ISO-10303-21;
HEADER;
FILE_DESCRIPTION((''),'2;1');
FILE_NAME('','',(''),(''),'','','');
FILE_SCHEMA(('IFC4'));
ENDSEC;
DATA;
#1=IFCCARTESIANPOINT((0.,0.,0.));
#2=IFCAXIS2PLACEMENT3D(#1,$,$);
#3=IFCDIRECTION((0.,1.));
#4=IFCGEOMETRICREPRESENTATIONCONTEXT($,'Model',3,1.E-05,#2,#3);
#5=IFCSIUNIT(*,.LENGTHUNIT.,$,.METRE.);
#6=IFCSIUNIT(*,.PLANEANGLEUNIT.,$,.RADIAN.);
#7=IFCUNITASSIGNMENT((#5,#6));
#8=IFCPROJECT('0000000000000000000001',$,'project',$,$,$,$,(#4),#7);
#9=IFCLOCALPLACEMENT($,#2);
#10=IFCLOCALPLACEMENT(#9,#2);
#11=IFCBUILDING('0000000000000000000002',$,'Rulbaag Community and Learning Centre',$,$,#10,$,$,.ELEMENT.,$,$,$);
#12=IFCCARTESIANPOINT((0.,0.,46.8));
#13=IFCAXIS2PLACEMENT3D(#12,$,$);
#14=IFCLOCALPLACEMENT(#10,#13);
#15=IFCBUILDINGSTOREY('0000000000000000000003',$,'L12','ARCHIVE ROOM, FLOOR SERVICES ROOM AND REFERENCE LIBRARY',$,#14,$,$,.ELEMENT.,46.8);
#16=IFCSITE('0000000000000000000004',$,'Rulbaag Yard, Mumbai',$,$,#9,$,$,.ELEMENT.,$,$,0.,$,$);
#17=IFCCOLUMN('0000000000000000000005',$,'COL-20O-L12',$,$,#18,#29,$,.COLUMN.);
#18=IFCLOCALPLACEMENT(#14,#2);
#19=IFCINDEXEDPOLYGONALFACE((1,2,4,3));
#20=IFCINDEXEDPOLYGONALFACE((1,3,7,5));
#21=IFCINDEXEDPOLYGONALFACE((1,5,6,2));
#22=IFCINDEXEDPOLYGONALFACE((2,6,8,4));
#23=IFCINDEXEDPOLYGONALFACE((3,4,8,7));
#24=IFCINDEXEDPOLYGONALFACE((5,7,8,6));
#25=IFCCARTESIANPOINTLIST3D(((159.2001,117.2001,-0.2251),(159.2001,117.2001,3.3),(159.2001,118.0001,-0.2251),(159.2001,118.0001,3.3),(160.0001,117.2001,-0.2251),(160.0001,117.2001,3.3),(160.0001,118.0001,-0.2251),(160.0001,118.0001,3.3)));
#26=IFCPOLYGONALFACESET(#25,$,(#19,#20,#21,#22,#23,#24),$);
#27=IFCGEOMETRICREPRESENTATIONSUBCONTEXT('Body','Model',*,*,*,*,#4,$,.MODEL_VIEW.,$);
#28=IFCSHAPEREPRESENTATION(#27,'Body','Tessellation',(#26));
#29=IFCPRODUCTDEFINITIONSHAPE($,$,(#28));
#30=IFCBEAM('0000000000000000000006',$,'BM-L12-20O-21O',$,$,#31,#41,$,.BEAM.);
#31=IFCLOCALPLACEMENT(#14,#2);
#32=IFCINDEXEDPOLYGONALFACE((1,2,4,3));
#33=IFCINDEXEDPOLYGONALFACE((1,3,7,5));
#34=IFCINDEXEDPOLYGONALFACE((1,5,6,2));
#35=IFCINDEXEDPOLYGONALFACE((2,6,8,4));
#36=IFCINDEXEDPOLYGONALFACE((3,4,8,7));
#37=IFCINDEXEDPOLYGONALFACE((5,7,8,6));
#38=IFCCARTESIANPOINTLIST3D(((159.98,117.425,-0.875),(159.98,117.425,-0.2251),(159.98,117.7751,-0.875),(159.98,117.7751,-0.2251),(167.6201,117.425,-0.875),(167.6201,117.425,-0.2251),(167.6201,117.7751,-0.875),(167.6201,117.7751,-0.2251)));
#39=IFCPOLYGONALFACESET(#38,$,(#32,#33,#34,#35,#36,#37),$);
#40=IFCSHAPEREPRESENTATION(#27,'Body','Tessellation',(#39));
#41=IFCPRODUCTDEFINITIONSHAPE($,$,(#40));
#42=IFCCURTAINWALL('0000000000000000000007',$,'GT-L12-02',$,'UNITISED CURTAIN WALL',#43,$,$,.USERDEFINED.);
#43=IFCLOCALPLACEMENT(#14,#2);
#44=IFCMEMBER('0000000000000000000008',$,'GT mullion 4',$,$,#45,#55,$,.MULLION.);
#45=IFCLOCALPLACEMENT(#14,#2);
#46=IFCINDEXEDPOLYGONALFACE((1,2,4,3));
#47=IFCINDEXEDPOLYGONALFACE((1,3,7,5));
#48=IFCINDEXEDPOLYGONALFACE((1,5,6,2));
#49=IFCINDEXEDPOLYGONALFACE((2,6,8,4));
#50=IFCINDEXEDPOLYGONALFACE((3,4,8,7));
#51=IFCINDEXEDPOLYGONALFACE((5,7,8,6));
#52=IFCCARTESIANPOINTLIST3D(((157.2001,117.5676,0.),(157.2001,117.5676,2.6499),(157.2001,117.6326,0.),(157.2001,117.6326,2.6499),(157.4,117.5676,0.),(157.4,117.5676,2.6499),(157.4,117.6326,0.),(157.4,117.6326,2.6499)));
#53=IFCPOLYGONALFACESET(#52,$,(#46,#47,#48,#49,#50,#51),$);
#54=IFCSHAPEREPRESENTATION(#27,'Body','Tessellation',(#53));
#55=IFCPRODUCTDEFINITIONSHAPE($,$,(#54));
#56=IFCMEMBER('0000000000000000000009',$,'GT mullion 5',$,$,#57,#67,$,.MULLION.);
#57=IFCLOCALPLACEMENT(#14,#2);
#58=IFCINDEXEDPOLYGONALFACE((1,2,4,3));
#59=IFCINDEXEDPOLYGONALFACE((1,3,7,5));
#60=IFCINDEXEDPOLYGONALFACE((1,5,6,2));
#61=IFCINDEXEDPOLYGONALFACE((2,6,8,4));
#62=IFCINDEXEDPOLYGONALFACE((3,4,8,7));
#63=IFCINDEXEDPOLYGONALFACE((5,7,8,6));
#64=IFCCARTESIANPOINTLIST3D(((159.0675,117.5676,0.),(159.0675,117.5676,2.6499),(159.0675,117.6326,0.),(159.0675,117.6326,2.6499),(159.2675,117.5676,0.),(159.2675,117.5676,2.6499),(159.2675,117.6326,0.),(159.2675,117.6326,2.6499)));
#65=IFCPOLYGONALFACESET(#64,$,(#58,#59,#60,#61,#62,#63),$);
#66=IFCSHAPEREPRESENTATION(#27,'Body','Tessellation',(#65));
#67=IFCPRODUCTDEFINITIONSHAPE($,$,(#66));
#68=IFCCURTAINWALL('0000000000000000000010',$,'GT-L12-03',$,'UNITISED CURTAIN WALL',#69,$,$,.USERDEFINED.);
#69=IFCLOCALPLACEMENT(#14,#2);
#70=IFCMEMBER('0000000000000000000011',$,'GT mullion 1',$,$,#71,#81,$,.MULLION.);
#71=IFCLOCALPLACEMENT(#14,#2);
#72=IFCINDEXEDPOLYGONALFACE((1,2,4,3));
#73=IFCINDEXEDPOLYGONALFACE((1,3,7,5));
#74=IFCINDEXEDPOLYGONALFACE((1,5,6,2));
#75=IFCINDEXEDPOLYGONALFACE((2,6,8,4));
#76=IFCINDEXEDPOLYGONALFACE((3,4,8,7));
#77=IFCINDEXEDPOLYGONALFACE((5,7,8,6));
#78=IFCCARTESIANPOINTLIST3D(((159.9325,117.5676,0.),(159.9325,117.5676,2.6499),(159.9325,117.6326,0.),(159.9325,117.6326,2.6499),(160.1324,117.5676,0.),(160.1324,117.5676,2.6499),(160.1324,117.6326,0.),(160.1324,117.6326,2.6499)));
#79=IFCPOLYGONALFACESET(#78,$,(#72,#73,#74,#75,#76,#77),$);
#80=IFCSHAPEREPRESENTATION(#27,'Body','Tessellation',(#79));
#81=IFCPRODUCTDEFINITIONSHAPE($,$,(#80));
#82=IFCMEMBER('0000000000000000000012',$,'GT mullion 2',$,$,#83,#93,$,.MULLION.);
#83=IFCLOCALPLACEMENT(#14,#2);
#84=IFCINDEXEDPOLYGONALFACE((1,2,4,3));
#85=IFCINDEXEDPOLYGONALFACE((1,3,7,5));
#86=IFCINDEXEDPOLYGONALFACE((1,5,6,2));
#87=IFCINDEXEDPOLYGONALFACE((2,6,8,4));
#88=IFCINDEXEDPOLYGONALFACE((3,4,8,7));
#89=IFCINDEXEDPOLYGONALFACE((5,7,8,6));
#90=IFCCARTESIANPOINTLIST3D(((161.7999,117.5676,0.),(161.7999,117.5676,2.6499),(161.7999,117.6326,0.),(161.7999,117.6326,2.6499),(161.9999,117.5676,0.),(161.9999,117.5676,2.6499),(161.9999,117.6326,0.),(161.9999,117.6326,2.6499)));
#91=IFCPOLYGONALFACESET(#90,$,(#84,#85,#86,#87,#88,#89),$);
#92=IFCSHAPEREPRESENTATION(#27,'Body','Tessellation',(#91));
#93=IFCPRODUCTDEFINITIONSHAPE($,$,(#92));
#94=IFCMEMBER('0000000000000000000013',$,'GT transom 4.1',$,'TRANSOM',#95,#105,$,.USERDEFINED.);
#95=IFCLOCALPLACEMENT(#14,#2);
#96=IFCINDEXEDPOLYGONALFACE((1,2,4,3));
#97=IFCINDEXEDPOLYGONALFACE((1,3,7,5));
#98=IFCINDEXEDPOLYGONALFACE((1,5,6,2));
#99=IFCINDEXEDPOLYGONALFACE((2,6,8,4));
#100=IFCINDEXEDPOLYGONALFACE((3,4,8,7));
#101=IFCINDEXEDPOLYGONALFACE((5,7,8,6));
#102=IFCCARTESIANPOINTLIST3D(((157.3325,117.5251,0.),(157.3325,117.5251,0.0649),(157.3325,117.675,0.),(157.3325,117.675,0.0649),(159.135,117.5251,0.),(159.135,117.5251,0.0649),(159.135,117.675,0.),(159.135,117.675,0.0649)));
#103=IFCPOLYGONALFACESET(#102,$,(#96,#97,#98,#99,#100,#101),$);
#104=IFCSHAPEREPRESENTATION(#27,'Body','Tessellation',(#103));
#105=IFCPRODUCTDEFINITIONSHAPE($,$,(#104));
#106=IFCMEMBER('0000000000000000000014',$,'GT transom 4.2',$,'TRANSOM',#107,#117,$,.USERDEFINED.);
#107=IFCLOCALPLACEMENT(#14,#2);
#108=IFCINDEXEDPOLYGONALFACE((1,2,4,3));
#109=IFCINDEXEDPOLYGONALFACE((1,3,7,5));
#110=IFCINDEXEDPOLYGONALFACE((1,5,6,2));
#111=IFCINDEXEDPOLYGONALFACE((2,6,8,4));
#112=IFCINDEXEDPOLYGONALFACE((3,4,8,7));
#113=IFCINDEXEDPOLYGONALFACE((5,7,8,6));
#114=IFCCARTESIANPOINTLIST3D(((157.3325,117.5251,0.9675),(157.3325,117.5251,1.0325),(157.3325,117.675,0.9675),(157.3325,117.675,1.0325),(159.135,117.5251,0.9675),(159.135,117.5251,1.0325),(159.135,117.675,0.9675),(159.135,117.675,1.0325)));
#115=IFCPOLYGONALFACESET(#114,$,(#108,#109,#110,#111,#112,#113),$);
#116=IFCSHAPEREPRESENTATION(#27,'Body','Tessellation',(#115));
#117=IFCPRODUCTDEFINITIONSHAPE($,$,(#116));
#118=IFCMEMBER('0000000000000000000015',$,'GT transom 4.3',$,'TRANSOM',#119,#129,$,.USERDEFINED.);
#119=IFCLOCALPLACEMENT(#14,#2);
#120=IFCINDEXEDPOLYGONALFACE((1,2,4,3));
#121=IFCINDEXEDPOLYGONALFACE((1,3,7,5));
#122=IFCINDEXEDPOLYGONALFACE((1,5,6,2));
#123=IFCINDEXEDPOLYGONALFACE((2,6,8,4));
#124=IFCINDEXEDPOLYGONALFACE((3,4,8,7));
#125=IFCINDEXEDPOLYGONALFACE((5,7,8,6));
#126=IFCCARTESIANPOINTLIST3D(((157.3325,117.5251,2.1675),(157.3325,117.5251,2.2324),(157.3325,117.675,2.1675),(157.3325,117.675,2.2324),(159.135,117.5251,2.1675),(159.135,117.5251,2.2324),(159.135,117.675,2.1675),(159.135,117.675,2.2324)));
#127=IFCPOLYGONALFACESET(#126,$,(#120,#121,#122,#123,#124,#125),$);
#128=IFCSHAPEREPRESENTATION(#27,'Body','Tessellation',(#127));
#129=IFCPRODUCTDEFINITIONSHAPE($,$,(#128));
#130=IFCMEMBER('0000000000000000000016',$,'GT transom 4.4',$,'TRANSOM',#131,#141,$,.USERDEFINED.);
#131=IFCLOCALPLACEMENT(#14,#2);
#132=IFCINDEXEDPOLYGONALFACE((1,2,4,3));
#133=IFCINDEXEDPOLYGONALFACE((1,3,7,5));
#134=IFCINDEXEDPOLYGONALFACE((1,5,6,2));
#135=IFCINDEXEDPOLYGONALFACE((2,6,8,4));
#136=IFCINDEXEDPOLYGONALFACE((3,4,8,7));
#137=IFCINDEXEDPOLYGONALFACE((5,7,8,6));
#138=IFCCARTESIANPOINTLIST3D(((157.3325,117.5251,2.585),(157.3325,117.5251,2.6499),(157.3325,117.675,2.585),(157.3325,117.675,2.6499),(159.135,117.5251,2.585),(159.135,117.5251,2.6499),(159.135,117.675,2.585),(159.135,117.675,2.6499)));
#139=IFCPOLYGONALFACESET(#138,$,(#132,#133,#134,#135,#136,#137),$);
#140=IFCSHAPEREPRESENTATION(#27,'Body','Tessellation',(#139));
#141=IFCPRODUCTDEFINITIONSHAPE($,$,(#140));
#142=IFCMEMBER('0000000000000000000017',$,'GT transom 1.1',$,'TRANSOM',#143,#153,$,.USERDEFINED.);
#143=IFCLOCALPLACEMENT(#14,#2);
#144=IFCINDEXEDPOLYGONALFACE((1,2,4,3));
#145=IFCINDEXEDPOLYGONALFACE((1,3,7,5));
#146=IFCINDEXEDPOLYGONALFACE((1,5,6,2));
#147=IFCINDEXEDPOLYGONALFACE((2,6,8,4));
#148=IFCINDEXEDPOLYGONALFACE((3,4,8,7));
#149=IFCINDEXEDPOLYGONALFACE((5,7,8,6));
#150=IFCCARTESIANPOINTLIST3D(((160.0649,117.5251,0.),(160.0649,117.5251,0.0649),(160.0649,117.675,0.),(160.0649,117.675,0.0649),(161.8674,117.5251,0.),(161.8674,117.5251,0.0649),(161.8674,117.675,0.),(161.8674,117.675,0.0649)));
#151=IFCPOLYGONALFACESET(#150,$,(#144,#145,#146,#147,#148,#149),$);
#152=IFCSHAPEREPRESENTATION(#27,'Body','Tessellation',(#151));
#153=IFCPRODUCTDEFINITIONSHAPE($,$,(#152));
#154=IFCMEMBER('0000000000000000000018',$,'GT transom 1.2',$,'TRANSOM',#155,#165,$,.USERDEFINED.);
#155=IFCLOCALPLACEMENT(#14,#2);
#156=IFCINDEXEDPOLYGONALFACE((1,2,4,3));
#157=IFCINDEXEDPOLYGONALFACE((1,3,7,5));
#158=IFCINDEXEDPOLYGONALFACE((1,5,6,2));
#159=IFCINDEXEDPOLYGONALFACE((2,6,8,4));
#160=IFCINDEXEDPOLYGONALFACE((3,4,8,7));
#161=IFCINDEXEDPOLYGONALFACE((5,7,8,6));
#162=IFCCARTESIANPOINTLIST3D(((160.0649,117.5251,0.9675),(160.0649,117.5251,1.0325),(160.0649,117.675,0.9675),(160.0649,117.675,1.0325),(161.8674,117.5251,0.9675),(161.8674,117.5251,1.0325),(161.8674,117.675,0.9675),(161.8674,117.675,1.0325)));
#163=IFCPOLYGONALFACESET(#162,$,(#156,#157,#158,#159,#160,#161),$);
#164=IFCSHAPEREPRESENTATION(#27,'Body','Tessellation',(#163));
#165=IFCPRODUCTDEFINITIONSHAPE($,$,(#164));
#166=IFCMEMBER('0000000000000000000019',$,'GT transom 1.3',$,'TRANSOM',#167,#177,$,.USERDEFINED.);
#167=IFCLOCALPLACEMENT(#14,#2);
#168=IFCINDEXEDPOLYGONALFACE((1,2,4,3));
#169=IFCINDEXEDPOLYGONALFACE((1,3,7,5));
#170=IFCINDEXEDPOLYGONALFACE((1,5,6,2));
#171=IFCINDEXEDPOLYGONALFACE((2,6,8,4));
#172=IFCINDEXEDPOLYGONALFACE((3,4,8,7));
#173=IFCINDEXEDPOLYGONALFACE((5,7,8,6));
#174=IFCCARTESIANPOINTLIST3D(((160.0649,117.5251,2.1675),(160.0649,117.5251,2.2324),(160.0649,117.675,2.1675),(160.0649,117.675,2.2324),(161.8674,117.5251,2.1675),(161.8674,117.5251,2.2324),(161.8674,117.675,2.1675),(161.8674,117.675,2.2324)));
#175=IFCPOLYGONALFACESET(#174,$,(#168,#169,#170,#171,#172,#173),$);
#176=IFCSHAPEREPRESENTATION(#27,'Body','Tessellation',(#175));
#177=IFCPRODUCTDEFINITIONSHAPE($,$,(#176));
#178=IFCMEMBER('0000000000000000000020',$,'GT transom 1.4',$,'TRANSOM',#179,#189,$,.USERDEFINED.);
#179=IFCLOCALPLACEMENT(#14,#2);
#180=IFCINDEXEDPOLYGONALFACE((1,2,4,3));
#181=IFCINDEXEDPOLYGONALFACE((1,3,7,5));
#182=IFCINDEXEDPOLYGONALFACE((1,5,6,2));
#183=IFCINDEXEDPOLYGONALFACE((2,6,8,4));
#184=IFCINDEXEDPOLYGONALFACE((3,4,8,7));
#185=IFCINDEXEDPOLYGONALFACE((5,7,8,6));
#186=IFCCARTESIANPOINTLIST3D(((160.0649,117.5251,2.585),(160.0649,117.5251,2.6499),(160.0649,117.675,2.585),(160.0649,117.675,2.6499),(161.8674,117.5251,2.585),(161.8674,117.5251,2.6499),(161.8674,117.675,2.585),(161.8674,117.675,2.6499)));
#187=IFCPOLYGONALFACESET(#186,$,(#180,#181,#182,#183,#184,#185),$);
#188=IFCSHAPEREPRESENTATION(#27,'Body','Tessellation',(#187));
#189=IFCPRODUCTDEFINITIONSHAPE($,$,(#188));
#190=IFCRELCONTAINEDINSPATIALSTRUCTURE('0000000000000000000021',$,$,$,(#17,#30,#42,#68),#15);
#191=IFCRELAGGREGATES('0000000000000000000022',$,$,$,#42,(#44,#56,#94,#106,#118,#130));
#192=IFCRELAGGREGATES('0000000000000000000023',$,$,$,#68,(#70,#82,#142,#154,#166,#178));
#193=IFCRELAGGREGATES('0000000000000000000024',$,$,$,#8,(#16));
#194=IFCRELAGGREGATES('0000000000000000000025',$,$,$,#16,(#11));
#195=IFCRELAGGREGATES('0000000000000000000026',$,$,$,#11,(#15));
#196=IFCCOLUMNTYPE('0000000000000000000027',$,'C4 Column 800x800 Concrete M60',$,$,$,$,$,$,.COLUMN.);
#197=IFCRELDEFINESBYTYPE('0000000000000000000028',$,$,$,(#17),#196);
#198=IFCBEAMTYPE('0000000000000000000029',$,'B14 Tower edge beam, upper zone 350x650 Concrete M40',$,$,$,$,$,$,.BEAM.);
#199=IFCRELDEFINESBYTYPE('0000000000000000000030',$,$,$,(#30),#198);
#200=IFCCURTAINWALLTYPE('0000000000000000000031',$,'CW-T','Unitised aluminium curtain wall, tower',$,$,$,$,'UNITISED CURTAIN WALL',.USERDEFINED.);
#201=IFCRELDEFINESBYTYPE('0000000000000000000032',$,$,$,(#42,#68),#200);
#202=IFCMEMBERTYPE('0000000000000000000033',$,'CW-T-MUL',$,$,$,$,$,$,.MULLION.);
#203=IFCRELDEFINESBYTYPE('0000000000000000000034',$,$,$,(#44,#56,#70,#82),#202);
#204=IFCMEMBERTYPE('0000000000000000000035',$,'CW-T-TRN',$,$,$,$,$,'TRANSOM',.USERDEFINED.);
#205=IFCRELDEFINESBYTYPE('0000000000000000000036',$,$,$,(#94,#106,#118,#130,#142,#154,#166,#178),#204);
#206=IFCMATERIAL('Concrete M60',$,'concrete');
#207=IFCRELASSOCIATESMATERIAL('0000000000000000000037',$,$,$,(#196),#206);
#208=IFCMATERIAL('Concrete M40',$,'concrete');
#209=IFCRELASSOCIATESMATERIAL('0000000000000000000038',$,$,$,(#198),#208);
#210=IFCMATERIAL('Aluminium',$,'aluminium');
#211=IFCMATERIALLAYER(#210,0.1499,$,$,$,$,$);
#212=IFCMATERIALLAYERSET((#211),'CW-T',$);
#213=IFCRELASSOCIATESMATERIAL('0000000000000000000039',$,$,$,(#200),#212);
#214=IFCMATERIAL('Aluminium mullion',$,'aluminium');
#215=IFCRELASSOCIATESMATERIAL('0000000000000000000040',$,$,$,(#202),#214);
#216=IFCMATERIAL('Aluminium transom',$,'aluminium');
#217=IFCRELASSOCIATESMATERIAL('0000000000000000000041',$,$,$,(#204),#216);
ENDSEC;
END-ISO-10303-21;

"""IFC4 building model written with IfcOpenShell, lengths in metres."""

from ifc_helpers import new_model, si_unit, direction, frame, origin, origin_2d, place, context, subcontext, project, spatial, rectangle, extrude, material, layer, layer_set, material_profile, profile_set, type_object, element, aggregate, save


model = new_model("IFC4")

# Units and contexts
model_context = context("Model", 3, precision=1e-05, world=origin(), true_north=direction((0.0, 1.0)))
body_context = subcontext(model_context, "Body", "Model", "MODEL_VIEW")
ifc_project = project(units=[si_unit("LENGTHUNIT", "METRE"), si_unit("PLANEANGLEUNIT", "RADIAN")], contexts=[model_context])

# Site, building, storey
site_placement = place(None, origin())
site = spatial("IfcSite", under=ifc_project, at=site_placement, Name="Rulbaag Yard, Mumbai", CompositionType="ELEMENT", RefElevation=0.0)
building_placement = place(site_placement, origin())
building = spatial("IfcBuilding", under=site, at=building_placement, Name="Rulbaag Community and Learning Centre", CompositionType="ELEMENT")
storey_placement = place(building_placement, frame((0.0, 0.0, 46.8)))
storey = spatial("IfcBuildingStorey", under=building, at=storey_placement, Name="L12", Description="ARCHIVE ROOM, FLOOR SERVICES ROOM AND REFERENCE LIBRARY", CompositionType="ELEMENT", Elevation=46.8)

# Column
ifc_material_1 = material(Name="Concrete M60", Category="concrete")
ifc_material_profile_1 = material_profile(ifc_material_1, rectangle(XDim=0.8, YDim=0.8, at=origin_2d()), Name="RC800x800")
ifc_profile_set_1 = profile_set([ifc_material_profile_1], Name="Concrete M60")
column_type = type_object("IfcColumnType", Name="C4 Column 800x800 Concrete M60", PredefinedType="COLUMN", material=ifc_profile_set_1)
column_placement = place(storey_placement, frame((159.6001, 117.6001, -0.2251), z_axis=(0.0, 0.0, 1.0), x_axis=(1.0, 0.0, 0.0)))
element("IfcColumn", 1, at=column_placement, inside=storey, type_object=column_type, Name="COL-20O-L12", PredefinedType="COLUMN", context=body_context, shape_type="SweptSolid", body=[
    extrude(rectangle(XDim=0.8, YDim=0.8, at=origin_2d()), origin(), (0.0, 0.0, 1.0), 3.5251),
])

# Beam
ifc_material_2 = material(Name="Concrete M40", Category="concrete")
ifc_material_profile_2 = material_profile(ifc_material_2, rectangle(XDim=0.3501, YDim=0.6499, at=origin_2d()), Name="RB350x650")
ifc_profile_set_2 = profile_set([ifc_material_profile_2], Name="Concrete M40")
beam_type = type_object("IfcBeamType", Name="B14 Tower edge beam, upper zone 350x650 Concrete M40", PredefinedType="BEAM", material=ifc_profile_set_2)
beam_placement = place(storey_placement, frame((159.98, 117.6001, -0.55), z_axis=(1.0, 0.0, 0.0), x_axis=(0.0, 1.0, 0.0)))
element("IfcBeam", 2, at=beam_placement, inside=storey, type_object=beam_type, Name="BM-L12-20O-21O", PredefinedType="BEAM", context=body_context, shape_type="SweptSolid", body=[
    extrude(rectangle(XDim=0.3501, YDim=0.6499, at=origin_2d()), origin(), (0.0, 0.0, 1.0), 7.6401),
])

# Curtain walls, members
ifc_material_3 = material(Name="Aluminium", Category="aluminium")
ifc_layer_1 = layer(ifc_material_3, 0.1499)
ifc_layer_set_1 = layer_set([ifc_layer_1], Name="CW-T")
curtain_wall_type = type_object("IfcCurtainWallType", Name="CW-T", Description="Unitised aluminium curtain wall, tower", ElementType="UNITISED CURTAIN WALL", PredefinedType="USERDEFINED", material=ifc_layer_set_1)
curtain_wall_1_placement = place(storey_placement, origin())
curtain_wall_1 = element("IfcCurtainWall", 3, at=curtain_wall_1_placement, inside=storey, type_object=curtain_wall_type, Name="GT-L12-02", ObjectType="UNITISED CURTAIN WALL", PredefinedType="USERDEFINED")
ifc_material_4 = material(Name="Aluminium mullion", Category="aluminium")
ifc_material_profile_3 = material_profile(ifc_material_4, rectangle(XDim=0.0649, YDim=0.2, at=origin_2d()), Name="AL 65x200")
ifc_profile_set_3 = profile_set([ifc_material_profile_3], Name="Aluminium mullion")
member_type_1 = type_object("IfcMemberType", Name="CW-T-MUL", PredefinedType="MULLION", material=ifc_profile_set_3)
member_1_placement = place(storey_placement, frame((157.3, 117.6001, 0.0), z_axis=(0.0, 0.0, 1.0), x_axis=(0.0, 1.0, 0.0)))
member_1 = element("IfcMember", 4, at=member_1_placement, type_object=member_type_1, Name="GT mullion 4", PredefinedType="MULLION", context=body_context, shape_type="SweptSolid", body=[
    extrude(rectangle(XDim=0.0649, YDim=0.2, at=origin_2d()), origin(), (0.0, 0.0, 1.0), 2.6499),
])
member_2_placement = place(storey_placement, frame((159.1675, 117.6001, 0.0), z_axis=(0.0, 0.0, 1.0), x_axis=(0.0, 1.0, 0.0)))
member_2 = element("IfcMember", 5, at=member_2_placement, type_object=member_type_1, Name="GT mullion 5", PredefinedType="MULLION", context=body_context, shape_type="SweptSolid", body=[
    extrude(rectangle(XDim=0.0649, YDim=0.2, at=origin_2d()), origin(), (0.0, 0.0, 1.0), 2.6499),
])
curtain_wall_2_placement = place(storey_placement, origin())
curtain_wall_2 = element("IfcCurtainWall", 6, at=curtain_wall_2_placement, inside=storey, type_object=curtain_wall_type, Name="GT-L12-03", ObjectType="UNITISED CURTAIN WALL", PredefinedType="USERDEFINED")
member_3_placement = place(storey_placement, frame((160.0325, 117.6001, 0.0), z_axis=(0.0, 0.0, 1.0), x_axis=(0.0, 1.0, 0.0)))
member_3 = element("IfcMember", 7, at=member_3_placement, type_object=member_type_1, Name="GT mullion 1", PredefinedType="MULLION", context=body_context, shape_type="SweptSolid", body=[
    extrude(rectangle(XDim=0.0649, YDim=0.2, at=origin_2d()), origin(), (0.0, 0.0, 1.0), 2.6499),
])
member_4_placement = place(storey_placement, frame((161.8999, 117.6001, 0.0), z_axis=(0.0, 0.0, 1.0), x_axis=(0.0, 1.0, 0.0)))
member_4 = element("IfcMember", 8, at=member_4_placement, type_object=member_type_1, Name="GT mullion 2", PredefinedType="MULLION", context=body_context, shape_type="SweptSolid", body=[
    extrude(rectangle(XDim=0.0649, YDim=0.2, at=origin_2d()), origin(), (0.0, 0.0, 1.0), 2.6499),
])

# Members
ifc_material_5 = material(Name="Aluminium transom", Category="aluminium")
ifc_material_profile_4 = material_profile(ifc_material_5, rectangle(XDim=0.1499, YDim=0.0649, at=origin_2d()), Name="AL 65x150 T")
ifc_profile_set_4 = profile_set([ifc_material_profile_4], Name="Aluminium transom")
member_type_2 = type_object("IfcMemberType", Name="CW-T-TRN", ElementType="TRANSOM", PredefinedType="USERDEFINED", material=ifc_profile_set_4)
member_5_placement = place(storey_placement, frame((157.3325, 117.6001, 0.0325), z_axis=(1.0, 0.0, 0.0), x_axis=(0.0, 1.0, 0.0)))
member_5 = element("IfcMember", 9, at=member_5_placement, type_object=member_type_2, Name="GT transom 4.1", ObjectType="TRANSOM", PredefinedType="USERDEFINED", context=body_context, shape_type="SweptSolid", body=[
    extrude(rectangle(XDim=0.1499, YDim=0.0649, at=origin_2d()), origin(), (0.0, 0.0, 1.0), 1.8025),
])
member_6_placement = place(storey_placement, frame((157.3325, 117.6001, 1.0), z_axis=(1.0, 0.0, 0.0), x_axis=(0.0, 1.0, 0.0)))
member_6 = element("IfcMember", 10, at=member_6_placement, type_object=member_type_2, Name="GT transom 4.2", ObjectType="TRANSOM", PredefinedType="USERDEFINED", context=body_context, shape_type="SweptSolid", body=[
    extrude(rectangle(XDim=0.1499, YDim=0.0649, at=origin_2d()), origin(), (0.0, 0.0, 1.0), 1.8025),
])
member_7_placement = place(storey_placement, frame((157.3325, 117.6001, 2.2), z_axis=(1.0, 0.0, 0.0), x_axis=(0.0, 1.0, 0.0)))
member_7 = element("IfcMember", 11, at=member_7_placement, type_object=member_type_2, Name="GT transom 4.3", ObjectType="TRANSOM", PredefinedType="USERDEFINED", context=body_context, shape_type="SweptSolid", body=[
    extrude(rectangle(XDim=0.1499, YDim=0.0649, at=origin_2d()), origin(), (0.0, 0.0, 1.0), 1.8025),
])
member_8_placement = place(storey_placement, frame((157.3325, 117.6001, 2.6174), z_axis=(1.0, 0.0, 0.0), x_axis=(0.0, 1.0, 0.0)))
member_8 = element("IfcMember", 12, at=member_8_placement, type_object=member_type_2, Name="GT transom 4.4", ObjectType="TRANSOM", PredefinedType="USERDEFINED", context=body_context, shape_type="SweptSolid", body=[
    extrude(rectangle(XDim=0.1499, YDim=0.0649, at=origin_2d()), origin(), (0.0, 0.0, 1.0), 1.8025),
])
member_9_placement = place(storey_placement, frame((160.0649, 117.6001, 0.0325), z_axis=(1.0, 0.0, 0.0), x_axis=(0.0, 1.0, 0.0)))
member_9 = element("IfcMember", 13, at=member_9_placement, type_object=member_type_2, Name="GT transom 1.1", ObjectType="TRANSOM", PredefinedType="USERDEFINED", context=body_context, shape_type="SweptSolid", body=[
    extrude(rectangle(XDim=0.1499, YDim=0.0649, at=origin_2d()), origin(), (0.0, 0.0, 1.0), 1.8025),
])
member_10_placement = place(storey_placement, frame((160.0649, 117.6001, 1.0), z_axis=(1.0, 0.0, 0.0), x_axis=(0.0, 1.0, 0.0)))
member_10 = element("IfcMember", 14, at=member_10_placement, type_object=member_type_2, Name="GT transom 1.2", ObjectType="TRANSOM", PredefinedType="USERDEFINED", context=body_context, shape_type="SweptSolid", body=[
    extrude(rectangle(XDim=0.1499, YDim=0.0649, at=origin_2d()), origin(), (0.0, 0.0, 1.0), 1.8025),
])
member_11_placement = place(storey_placement, frame((160.0649, 117.6001, 2.2), z_axis=(1.0, 0.0, 0.0), x_axis=(0.0, 1.0, 0.0)))
member_11 = element("IfcMember", 15, at=member_11_placement, type_object=member_type_2, Name="GT transom 1.3", ObjectType="TRANSOM", PredefinedType="USERDEFINED", context=body_context, shape_type="SweptSolid", body=[
    extrude(rectangle(XDim=0.1499, YDim=0.0649, at=origin_2d()), origin(), (0.0, 0.0, 1.0), 1.8025),
])
member_12_placement = place(storey_placement, frame((160.0649, 117.6001, 2.6174), z_axis=(1.0, 0.0, 0.0), x_axis=(0.0, 1.0, 0.0)))
member_12 = element("IfcMember", 16, at=member_12_placement, type_object=member_type_2, Name="GT transom 1.4", ObjectType="TRANSOM", PredefinedType="USERDEFINED", context=body_context, shape_type="SweptSolid", body=[
    extrude(rectangle(XDim=0.1499, YDim=0.0649, at=origin_2d()), origin(), (0.0, 0.0, 1.0), 1.8025),
])

aggregate(curtain_wall_1, [member_1, member_2, member_5, member_6, member_7, member_8])
aggregate(curtain_wall_2, [member_3, member_4, member_9, member_10, member_11, member_12])

save(model, "model.ifc")
